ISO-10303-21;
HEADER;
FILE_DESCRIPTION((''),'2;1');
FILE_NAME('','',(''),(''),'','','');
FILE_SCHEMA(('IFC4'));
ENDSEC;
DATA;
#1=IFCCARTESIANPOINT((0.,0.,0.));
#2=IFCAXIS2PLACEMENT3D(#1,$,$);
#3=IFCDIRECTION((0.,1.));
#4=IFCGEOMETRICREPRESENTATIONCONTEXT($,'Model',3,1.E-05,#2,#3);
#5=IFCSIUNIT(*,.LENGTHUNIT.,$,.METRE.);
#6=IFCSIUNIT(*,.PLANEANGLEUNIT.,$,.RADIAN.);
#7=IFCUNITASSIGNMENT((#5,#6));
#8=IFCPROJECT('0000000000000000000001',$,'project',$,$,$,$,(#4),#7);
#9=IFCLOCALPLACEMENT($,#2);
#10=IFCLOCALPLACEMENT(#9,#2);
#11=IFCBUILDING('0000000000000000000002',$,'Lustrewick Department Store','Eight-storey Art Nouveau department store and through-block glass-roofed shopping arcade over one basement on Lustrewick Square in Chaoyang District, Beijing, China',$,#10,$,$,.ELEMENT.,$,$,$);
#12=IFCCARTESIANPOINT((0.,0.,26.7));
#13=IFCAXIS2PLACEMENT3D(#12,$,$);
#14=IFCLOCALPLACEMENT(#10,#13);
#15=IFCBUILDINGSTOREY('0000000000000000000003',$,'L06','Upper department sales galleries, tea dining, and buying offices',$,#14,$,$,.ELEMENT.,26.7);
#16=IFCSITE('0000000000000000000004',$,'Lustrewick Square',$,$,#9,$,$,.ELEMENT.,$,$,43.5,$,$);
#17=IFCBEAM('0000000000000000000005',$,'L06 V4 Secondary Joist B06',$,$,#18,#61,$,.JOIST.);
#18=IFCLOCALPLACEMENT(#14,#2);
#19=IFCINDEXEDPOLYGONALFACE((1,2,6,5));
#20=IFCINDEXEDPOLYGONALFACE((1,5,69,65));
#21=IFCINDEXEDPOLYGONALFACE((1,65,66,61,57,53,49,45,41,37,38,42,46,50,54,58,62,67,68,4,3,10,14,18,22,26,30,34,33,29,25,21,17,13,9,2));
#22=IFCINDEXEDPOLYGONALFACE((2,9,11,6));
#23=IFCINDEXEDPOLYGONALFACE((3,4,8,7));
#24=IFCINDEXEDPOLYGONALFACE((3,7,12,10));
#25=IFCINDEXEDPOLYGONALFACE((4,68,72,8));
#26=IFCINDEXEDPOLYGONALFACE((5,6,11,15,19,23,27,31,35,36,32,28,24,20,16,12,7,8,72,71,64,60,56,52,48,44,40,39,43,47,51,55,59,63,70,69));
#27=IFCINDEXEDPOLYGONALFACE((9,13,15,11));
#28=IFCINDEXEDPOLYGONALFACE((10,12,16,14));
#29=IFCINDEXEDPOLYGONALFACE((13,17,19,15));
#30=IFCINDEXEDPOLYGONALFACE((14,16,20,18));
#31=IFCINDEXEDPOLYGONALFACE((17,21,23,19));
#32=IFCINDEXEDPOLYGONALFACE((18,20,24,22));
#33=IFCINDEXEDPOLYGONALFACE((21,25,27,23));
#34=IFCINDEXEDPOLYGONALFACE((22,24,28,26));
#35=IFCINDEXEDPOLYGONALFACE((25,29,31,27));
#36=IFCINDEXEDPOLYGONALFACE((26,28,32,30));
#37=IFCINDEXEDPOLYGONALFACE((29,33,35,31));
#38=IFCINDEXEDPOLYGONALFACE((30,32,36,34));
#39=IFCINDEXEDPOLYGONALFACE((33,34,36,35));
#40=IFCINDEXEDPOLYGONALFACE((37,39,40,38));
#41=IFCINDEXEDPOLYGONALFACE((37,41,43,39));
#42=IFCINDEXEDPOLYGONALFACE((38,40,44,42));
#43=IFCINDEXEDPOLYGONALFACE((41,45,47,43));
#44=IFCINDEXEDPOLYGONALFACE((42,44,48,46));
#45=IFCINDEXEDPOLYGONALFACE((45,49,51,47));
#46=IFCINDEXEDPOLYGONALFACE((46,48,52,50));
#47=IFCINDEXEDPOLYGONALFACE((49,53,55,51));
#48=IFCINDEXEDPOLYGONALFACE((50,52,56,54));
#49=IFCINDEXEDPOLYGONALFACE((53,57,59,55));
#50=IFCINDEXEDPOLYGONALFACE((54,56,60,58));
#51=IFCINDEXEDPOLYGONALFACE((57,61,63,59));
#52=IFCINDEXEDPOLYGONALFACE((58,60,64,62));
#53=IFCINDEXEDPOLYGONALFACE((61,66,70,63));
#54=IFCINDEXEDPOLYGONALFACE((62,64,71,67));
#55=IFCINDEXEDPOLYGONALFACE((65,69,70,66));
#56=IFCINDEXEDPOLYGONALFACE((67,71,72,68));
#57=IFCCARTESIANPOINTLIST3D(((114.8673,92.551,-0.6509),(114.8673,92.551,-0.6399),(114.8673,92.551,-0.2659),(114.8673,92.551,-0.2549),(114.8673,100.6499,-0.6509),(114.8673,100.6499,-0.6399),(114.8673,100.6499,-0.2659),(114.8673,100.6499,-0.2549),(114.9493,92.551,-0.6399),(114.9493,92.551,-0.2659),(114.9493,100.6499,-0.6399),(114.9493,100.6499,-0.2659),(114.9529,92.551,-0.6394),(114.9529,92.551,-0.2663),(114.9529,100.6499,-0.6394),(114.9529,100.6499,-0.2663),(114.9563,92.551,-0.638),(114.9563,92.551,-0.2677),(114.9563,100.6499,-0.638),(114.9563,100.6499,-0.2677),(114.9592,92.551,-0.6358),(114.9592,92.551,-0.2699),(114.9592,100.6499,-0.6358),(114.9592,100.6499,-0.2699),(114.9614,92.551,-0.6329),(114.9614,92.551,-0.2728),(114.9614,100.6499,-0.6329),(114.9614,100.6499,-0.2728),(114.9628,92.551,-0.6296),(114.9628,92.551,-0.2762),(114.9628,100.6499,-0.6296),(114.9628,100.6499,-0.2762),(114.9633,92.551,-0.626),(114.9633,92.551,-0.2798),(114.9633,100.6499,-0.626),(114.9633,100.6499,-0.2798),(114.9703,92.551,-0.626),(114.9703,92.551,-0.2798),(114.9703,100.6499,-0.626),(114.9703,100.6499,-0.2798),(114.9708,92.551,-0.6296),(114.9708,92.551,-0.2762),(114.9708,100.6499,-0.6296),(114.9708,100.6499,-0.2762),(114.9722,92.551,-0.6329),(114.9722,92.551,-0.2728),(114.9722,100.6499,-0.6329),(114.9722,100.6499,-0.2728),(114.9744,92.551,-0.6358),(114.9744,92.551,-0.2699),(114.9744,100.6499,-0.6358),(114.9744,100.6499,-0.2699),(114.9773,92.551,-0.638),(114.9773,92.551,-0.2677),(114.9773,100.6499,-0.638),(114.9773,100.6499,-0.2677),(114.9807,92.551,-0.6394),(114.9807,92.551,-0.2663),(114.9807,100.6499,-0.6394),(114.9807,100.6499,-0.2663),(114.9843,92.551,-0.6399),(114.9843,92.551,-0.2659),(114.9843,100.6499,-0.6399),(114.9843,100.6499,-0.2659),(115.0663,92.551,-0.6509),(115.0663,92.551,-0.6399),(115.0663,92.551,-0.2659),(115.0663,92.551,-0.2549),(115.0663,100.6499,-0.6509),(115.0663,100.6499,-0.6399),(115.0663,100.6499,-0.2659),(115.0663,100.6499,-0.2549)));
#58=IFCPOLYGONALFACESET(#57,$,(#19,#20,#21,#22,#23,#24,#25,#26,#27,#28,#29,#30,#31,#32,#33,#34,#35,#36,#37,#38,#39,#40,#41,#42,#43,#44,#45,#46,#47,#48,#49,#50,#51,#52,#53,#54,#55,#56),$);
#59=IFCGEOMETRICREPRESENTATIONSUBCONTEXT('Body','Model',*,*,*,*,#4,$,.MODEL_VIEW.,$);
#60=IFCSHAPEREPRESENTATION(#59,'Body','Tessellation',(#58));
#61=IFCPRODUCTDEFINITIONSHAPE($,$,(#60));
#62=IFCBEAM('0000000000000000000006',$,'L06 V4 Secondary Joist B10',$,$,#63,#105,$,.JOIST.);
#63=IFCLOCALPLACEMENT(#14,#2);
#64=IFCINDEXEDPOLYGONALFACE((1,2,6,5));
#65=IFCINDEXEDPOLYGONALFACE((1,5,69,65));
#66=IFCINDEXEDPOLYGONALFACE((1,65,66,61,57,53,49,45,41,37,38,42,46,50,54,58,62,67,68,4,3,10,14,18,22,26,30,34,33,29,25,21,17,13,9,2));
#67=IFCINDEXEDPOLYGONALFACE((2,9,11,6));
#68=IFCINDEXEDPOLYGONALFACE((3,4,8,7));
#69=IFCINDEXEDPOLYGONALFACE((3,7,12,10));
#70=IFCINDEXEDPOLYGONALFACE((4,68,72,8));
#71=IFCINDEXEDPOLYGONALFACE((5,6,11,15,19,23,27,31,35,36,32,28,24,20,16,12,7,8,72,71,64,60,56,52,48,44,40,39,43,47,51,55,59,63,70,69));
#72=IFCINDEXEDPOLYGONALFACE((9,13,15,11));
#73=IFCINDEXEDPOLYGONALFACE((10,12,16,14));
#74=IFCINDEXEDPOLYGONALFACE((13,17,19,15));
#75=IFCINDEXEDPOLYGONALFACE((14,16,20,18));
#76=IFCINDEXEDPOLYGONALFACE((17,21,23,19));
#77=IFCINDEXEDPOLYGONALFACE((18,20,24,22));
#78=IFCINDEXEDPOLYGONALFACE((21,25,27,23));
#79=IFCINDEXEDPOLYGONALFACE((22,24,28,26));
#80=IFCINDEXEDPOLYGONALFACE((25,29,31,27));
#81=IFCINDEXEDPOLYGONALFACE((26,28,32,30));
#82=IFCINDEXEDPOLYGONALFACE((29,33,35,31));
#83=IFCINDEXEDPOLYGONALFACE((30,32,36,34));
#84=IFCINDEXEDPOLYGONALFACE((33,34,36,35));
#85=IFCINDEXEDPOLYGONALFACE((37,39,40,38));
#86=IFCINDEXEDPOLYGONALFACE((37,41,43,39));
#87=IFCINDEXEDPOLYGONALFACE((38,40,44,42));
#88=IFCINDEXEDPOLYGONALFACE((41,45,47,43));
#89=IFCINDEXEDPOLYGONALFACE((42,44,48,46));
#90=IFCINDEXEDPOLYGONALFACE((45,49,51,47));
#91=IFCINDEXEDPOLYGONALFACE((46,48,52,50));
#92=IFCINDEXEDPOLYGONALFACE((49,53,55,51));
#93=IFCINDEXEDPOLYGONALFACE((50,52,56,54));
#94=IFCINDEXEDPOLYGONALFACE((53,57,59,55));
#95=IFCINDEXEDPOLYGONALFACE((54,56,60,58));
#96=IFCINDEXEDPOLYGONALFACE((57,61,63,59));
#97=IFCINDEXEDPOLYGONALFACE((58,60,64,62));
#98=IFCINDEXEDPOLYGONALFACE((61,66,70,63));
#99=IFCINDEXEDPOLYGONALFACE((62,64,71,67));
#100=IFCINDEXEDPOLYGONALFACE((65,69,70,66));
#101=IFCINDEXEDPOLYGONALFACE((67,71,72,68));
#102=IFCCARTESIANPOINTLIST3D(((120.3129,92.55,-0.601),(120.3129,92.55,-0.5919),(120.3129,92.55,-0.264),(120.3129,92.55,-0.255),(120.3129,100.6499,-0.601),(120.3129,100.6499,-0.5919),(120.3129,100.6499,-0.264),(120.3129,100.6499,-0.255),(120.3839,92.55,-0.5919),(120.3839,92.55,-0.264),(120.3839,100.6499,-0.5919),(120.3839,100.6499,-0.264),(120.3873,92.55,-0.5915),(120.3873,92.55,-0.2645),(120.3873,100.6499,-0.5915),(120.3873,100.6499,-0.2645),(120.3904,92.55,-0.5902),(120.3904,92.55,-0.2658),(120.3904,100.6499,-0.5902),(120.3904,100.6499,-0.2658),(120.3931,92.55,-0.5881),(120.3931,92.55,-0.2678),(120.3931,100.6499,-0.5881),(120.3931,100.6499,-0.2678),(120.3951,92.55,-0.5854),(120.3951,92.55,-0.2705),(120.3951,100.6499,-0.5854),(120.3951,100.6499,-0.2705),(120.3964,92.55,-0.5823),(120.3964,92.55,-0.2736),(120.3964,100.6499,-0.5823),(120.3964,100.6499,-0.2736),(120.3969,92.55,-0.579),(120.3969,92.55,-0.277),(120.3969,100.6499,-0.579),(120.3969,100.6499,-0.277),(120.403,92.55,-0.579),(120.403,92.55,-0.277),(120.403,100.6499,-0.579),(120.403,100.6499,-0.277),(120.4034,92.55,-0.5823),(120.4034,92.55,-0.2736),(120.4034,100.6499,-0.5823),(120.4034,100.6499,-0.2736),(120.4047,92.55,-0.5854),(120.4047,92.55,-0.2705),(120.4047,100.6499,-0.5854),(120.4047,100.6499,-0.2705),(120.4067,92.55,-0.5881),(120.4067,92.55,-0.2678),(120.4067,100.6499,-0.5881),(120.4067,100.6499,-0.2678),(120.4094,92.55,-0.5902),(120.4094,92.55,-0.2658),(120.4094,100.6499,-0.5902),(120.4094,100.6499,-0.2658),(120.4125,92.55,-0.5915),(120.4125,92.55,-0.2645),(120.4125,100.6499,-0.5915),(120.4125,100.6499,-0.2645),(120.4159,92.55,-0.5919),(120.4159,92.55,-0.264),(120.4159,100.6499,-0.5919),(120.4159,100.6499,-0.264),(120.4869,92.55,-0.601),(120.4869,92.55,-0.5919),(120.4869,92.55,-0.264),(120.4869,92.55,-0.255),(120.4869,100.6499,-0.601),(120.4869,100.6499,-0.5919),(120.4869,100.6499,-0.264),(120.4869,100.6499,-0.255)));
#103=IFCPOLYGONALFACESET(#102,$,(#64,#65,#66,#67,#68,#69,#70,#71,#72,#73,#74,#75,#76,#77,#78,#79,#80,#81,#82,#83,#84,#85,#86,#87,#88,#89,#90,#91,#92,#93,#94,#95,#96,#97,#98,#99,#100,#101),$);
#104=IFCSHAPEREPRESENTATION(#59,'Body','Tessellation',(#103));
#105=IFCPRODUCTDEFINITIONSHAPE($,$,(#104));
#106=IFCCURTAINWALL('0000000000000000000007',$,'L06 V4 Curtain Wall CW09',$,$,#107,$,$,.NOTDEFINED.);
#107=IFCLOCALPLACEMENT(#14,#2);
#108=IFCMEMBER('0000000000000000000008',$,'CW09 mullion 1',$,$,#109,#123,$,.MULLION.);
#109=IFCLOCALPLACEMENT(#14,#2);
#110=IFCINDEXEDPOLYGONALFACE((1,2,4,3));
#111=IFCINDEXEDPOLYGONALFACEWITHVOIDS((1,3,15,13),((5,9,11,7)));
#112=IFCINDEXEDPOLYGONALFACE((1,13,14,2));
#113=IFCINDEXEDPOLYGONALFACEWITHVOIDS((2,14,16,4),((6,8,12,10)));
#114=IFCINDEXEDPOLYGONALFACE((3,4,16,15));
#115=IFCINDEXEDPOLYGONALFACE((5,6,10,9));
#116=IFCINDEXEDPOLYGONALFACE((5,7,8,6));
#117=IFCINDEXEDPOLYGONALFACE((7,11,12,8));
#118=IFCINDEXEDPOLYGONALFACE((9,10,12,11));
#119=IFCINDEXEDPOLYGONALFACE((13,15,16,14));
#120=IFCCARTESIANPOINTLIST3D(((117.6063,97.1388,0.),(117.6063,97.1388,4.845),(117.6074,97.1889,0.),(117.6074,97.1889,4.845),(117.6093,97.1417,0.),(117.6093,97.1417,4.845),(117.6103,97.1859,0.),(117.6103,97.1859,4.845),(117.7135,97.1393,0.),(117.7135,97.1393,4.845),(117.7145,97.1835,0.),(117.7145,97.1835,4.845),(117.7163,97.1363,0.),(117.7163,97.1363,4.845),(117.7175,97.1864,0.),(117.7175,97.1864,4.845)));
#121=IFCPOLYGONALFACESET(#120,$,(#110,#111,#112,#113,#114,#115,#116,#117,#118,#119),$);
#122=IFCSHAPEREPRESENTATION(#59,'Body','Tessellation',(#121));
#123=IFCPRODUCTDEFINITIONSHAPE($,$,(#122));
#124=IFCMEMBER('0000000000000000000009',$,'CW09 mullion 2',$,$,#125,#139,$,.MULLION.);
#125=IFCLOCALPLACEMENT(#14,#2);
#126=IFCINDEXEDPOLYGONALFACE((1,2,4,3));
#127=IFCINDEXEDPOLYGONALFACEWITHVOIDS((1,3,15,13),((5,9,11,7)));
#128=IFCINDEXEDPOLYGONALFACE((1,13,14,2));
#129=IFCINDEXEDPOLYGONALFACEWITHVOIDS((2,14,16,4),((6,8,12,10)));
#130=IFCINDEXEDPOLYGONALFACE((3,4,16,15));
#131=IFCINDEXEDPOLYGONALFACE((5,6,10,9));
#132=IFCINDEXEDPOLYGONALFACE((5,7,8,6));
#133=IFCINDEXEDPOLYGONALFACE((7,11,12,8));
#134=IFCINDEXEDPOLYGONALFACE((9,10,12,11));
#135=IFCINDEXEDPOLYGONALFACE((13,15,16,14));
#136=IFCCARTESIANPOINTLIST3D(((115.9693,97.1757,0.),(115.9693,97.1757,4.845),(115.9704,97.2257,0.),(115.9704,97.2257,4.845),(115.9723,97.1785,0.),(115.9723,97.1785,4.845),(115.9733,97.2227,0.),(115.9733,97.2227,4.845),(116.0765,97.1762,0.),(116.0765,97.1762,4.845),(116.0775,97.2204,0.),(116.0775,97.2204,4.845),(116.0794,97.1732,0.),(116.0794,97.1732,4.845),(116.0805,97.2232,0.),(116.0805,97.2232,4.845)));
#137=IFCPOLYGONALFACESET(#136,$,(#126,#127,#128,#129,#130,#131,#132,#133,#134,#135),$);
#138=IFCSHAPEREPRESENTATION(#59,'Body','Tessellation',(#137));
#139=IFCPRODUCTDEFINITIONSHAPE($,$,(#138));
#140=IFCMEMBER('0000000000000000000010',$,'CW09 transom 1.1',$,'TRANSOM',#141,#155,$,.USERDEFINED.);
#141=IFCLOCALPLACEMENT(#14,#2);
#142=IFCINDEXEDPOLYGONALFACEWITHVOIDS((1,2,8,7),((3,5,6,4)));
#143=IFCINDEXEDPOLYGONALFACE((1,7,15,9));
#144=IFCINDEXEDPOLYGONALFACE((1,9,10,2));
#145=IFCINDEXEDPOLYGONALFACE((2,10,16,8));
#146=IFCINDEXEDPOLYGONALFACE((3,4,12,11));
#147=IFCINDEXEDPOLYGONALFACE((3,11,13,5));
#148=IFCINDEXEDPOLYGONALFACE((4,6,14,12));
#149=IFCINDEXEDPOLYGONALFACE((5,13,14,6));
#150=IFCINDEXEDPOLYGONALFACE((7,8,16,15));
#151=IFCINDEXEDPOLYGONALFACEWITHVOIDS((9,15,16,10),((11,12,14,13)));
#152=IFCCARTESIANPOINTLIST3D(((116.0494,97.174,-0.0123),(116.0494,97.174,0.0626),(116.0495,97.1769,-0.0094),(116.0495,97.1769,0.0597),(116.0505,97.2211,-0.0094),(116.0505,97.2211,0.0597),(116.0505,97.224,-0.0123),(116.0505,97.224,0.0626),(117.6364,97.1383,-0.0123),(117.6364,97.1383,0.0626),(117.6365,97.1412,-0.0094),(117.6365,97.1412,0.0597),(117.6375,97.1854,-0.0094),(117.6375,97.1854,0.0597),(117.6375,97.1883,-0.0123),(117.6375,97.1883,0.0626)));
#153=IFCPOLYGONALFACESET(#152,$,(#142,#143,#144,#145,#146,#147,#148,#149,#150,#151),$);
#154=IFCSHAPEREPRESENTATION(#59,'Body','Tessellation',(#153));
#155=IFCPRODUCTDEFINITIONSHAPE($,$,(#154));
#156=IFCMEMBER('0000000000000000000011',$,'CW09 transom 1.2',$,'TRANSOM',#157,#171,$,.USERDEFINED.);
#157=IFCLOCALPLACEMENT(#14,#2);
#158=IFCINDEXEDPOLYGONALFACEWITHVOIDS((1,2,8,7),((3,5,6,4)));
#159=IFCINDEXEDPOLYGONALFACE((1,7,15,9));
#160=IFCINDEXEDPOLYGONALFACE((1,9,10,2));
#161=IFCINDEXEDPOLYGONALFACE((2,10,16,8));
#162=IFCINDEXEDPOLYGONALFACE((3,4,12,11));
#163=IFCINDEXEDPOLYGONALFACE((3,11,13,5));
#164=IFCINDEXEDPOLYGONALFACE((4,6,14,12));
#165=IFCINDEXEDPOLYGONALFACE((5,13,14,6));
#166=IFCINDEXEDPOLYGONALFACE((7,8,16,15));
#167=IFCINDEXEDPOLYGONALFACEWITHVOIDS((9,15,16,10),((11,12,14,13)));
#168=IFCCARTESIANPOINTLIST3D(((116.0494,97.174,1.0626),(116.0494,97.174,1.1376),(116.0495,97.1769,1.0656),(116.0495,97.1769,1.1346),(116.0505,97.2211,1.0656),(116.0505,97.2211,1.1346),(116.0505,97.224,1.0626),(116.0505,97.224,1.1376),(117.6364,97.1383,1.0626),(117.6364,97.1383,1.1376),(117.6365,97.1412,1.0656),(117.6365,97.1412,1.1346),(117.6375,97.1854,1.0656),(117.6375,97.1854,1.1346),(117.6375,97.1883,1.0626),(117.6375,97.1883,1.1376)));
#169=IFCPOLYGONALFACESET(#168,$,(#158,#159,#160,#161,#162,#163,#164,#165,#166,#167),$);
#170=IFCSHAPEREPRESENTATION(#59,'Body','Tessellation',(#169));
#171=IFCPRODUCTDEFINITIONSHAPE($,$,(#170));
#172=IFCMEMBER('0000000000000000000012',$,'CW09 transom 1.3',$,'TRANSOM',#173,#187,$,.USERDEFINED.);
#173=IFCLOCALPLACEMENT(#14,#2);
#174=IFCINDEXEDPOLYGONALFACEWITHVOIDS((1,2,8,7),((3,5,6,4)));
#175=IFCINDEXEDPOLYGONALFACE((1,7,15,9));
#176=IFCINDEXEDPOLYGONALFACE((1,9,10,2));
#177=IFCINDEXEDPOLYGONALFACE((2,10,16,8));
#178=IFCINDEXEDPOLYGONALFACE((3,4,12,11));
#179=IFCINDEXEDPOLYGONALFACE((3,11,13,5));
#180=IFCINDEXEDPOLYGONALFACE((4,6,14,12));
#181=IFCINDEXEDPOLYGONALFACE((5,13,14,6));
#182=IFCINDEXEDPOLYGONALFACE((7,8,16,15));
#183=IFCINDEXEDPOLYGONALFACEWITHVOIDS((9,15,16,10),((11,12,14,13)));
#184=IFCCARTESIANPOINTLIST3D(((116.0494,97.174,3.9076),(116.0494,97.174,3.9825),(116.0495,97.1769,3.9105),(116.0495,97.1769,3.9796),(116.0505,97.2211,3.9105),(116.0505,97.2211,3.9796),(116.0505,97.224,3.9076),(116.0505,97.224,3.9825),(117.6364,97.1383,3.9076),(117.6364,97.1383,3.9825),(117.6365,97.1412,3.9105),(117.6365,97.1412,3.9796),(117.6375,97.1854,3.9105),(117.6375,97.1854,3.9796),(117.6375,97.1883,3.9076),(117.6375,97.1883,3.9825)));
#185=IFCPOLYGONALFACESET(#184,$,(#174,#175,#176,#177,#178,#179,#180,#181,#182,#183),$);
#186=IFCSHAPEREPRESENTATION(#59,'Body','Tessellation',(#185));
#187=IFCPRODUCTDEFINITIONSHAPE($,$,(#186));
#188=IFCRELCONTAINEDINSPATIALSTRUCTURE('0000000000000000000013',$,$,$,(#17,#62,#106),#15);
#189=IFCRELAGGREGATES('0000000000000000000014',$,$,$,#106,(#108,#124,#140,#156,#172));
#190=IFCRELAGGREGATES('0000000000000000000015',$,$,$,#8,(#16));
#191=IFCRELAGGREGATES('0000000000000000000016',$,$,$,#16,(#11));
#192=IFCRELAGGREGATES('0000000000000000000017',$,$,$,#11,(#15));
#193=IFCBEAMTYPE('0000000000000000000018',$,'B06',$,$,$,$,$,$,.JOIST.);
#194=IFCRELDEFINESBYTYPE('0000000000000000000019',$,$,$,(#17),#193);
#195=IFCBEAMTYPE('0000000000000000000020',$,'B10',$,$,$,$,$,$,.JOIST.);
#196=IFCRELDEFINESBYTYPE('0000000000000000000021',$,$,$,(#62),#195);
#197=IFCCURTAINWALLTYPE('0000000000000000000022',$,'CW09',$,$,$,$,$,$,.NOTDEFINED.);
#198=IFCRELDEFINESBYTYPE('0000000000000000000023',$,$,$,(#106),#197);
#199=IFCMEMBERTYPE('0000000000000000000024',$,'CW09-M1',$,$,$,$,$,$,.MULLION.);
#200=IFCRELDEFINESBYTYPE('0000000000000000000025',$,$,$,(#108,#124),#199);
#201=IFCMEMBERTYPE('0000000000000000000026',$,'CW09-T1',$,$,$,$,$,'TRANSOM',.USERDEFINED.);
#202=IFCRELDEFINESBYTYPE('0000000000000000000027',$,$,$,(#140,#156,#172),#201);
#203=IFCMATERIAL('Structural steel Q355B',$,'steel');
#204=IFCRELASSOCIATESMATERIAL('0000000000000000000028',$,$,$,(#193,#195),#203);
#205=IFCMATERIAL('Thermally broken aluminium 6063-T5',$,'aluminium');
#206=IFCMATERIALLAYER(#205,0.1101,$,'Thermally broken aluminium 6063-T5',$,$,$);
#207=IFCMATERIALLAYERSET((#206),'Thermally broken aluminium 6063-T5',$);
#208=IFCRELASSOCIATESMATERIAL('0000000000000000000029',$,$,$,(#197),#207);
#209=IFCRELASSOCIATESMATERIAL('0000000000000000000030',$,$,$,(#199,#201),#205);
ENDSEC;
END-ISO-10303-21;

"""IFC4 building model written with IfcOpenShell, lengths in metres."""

from ifc_helpers import new_model, si_unit, direction, frame, origin, origin_2d, place, context, subcontext, project, spatial, hollow_rectangle, i_section, extrude, material, layer, layer_set, material_profile, profile_set, type_object, element, aggregate, save


model = new_model("IFC4")

# Units and contexts
model_context = context("Model", 3, precision=1e-05, world=origin(), true_north=direction((0.0, 1.0)))
body_context = subcontext(model_context, "Body", "Model", "MODEL_VIEW")
ifc_project = project(units=[si_unit("LENGTHUNIT", "METRE"), si_unit("PLANEANGLEUNIT", "RADIAN")], contexts=[model_context])

# Site, building, storey
site_placement = place(None, origin())
site = spatial("IfcSite", under=ifc_project, at=site_placement, Name="Lustrewick Square", CompositionType="ELEMENT", RefElevation=43.5)
building_placement = place(site_placement, origin())
building = spatial("IfcBuilding", under=site, at=building_placement, Name="Lustrewick Department Store", Description="Eight-storey Art Nouveau department store and through-block glass-roofed shopping arcade over one basement on Lustrewick Square in Chaoyang District, Beijing, China", CompositionType="ELEMENT")
storey_placement = place(building_placement, frame((0.0, 0.0, 26.7)))
storey = spatial("IfcBuildingStorey", under=building, at=storey_placement, Name="L06", Description="Upper department sales galleries, tea dining, and buying offices", CompositionType="ELEMENT", Elevation=26.7)

# Shared definitions
ifc_material_1 = material(Name="Structural steel Q355B", Category="steel")

# Beams
ifc_material_profile_1 = material_profile(ifc_material_1, i_section(OverallWidth=0.199, OverallDepth=0.396, WebThickness=0.0071, FlangeThickness=0.011, FilletRadius=0.0139, at=origin_2d()), Name="HN 396x199x7x11")
ifc_profile_set_1 = profile_set([ifc_material_profile_1], Name="Structural steel Q355B")
beam_type_1 = type_object("IfcBeamType", Name="B06", PredefinedType="JOIST", material=ifc_profile_set_1)
beam_1_placement = place(storey_placement, frame((114.9668, 92.551, -0.4529), z_axis=(0.0, 1.0, 0.0), x_axis=(-1.0, 0.0, 0.0)))
element("IfcBeam", 1, at=beam_1_placement, inside=storey, type_object=beam_type_1, Name="L06 V4 Secondary Joist B06", PredefinedType="JOIST", context=body_context, shape_type="SweptSolid", body=[
    extrude(i_section(OverallWidth=0.199, OverallDepth=0.396, WebThickness=0.0071, FlangeThickness=0.011, FilletRadius=0.0139, at=origin_2d()), origin(), (0.0, 0.0, 1.0), 8.0989),
])
ifc_material_profile_2 = material_profile(ifc_material_1, i_section(OverallWidth=0.1741, OverallDepth=0.3459, WebThickness=0.0061, FlangeThickness=0.009, FilletRadius=0.0129, at=origin_2d()), Name="HN 346x174x6x9")
ifc_profile_set_2 = profile_set([ifc_material_profile_2], Name="Structural steel Q355B")
beam_type_2 = type_object("IfcBeamType", Name="B10", PredefinedType="JOIST", material=ifc_profile_set_2)
beam_2_placement = place(storey_placement, frame((120.3999, 92.55, -0.428), z_axis=(0.0, 1.0, 0.0), x_axis=(-1.0, 0.0, 0.0)))
element("IfcBeam", 2, at=beam_2_placement, inside=storey, type_object=beam_type_2, Name="L06 V4 Secondary Joist B10", PredefinedType="JOIST", context=body_context, shape_type="SweptSolid", body=[
    extrude(i_section(OverallWidth=0.1741, OverallDepth=0.3459, WebThickness=0.0061, FlangeThickness=0.009, FilletRadius=0.0129, at=origin_2d()), origin(), (0.0, 0.0, 1.0), 8.0999),
])

# Curtain wall, members
ifc_material_2 = material(Name="Thermally broken aluminium 6063-T5", Category="aluminium")
ifc_layer_1 = layer(ifc_material_2, 0.1101, Name="Thermally broken aluminium 6063-T5")
ifc_layer_set_1 = layer_set([ifc_layer_1], Name="Thermally broken aluminium 6063-T5")
curtain_wall_type = type_object("IfcCurtainWallType", Name="CW09", PredefinedType="NOTDEFINED", material=ifc_layer_set_1)
curtain_wall_placement = place(storey_placement, origin())
curtain_wall = element("IfcCurtainWall", 3, at=curtain_wall_placement, inside=storey, type_object=curtain_wall_type, Name="L06 V4 Curtain Wall CW09", PredefinedType="NOTDEFINED")
ifc_material_profile_3 = material_profile(ifc_material_2, hollow_rectangle(XDim=0.05, YDim=0.1101, WallThickness=0.0029, at=origin_2d()), Name="ALU-M 50x110x3")
ifc_profile_set_3 = profile_set([ifc_material_profile_3], Name="Thermally broken aluminium 6063-T5")
member_type_1 = type_object("IfcMemberType", Name="CW09-M1", PredefinedType="MULLION", material=ifc_profile_set_3)
member_1_placement = place(storey_placement, frame((117.6619, 97.1626, 0.0), z_axis=(0.0, 0.0, 1.0), x_axis=(-0.022462, -0.999748, 0.0)))
member_1 = element("IfcMember", 4, at=member_1_placement, type_object=member_type_1, Name="CW09 mullion 1", PredefinedType="MULLION", context=body_context, shape_type="SweptSolid", body=[
    extrude(hollow_rectangle(XDim=0.05, YDim=0.1101, WallThickness=0.0029, at=origin_2d()), origin(), (0.0, 0.0, 1.0), 4.845),
])
member_2_placement = place(storey_placement, frame((116.0249, 97.1995, 0.0), z_axis=(0.0, 0.0, 1.0), x_axis=(-0.022462, -0.999748, 0.0)))
member_2 = element("IfcMember", 5, at=member_2_placement, type_object=member_type_1, Name="CW09 mullion 2", PredefinedType="MULLION", context=body_context, shape_type="SweptSolid", body=[
    extrude(hollow_rectangle(XDim=0.05, YDim=0.1101, WallThickness=0.0029, at=origin_2d()), origin(), (0.0, 0.0, 1.0), 4.845),
])
ifc_material_profile_4 = material_profile(ifc_material_2, hollow_rectangle(XDim=0.05, YDim=0.075, WallThickness=0.0029, at=origin_2d()), Name="ALU-T 50x75x3")
ifc_profile_set_4 = profile_set([ifc_material_profile_4], Name="Thermally broken aluminium 6063-T5")
member_type_2 = type_object("IfcMemberType", Name="CW09-T1", ElementType="TRANSOM", PredefinedType="USERDEFINED", material=ifc_profile_set_4)
member_3_placement = place(storey_placement, frame((117.637, 97.1633, 0.0251), z_axis=(-0.999748, 0.022456, 0.0), x_axis=(-0.022456, -0.999748, 0.0)))
member_3 = element("IfcMember", 6, at=member_3_placement, type_object=member_type_2, Name="CW09 transom 1.1", ObjectType="TRANSOM", PredefinedType="USERDEFINED", context=body_context, shape_type="SweptSolid", body=[
    extrude(hollow_rectangle(XDim=0.05, YDim=0.075, WallThickness=0.0029, at=origin_2d()), origin(), (0.0, 0.0, 1.0), 1.5874),
])
member_4_placement = place(storey_placement, frame((117.637, 97.1633, 1.1001), z_axis=(-0.999748, 0.022456, 0.0), x_axis=(-0.022456, -0.999748, 0.0)))
member_4 = element("IfcMember", 7, at=member_4_placement, type_object=member_type_2, Name="CW09 transom 1.2", ObjectType="TRANSOM", PredefinedType="USERDEFINED", context=body_context, shape_type="SweptSolid", body=[
    extrude(hollow_rectangle(XDim=0.05, YDim=0.075, WallThickness=0.0029, at=origin_2d()), origin(), (0.0, 0.0, 1.0), 1.5874),
])
member_5_placement = place(storey_placement, frame((117.637, 97.1633, 3.9451), z_axis=(-0.999748, 0.022456, 0.0), x_axis=(-0.022456, -0.999748, 0.0)))
member_5 = element("IfcMember", 8, at=member_5_placement, type_object=member_type_2, Name="CW09 transom 1.3", ObjectType="TRANSOM", PredefinedType="USERDEFINED", context=body_context, shape_type="SweptSolid", body=[
    extrude(hollow_rectangle(XDim=0.05, YDim=0.075, WallThickness=0.0029, at=origin_2d()), origin(), (0.0, 0.0, 1.0), 1.5874),
])

aggregate(curtain_wall, [member_1, member_2, member_3, member_4, member_5])

save(model, "model.ifc")
